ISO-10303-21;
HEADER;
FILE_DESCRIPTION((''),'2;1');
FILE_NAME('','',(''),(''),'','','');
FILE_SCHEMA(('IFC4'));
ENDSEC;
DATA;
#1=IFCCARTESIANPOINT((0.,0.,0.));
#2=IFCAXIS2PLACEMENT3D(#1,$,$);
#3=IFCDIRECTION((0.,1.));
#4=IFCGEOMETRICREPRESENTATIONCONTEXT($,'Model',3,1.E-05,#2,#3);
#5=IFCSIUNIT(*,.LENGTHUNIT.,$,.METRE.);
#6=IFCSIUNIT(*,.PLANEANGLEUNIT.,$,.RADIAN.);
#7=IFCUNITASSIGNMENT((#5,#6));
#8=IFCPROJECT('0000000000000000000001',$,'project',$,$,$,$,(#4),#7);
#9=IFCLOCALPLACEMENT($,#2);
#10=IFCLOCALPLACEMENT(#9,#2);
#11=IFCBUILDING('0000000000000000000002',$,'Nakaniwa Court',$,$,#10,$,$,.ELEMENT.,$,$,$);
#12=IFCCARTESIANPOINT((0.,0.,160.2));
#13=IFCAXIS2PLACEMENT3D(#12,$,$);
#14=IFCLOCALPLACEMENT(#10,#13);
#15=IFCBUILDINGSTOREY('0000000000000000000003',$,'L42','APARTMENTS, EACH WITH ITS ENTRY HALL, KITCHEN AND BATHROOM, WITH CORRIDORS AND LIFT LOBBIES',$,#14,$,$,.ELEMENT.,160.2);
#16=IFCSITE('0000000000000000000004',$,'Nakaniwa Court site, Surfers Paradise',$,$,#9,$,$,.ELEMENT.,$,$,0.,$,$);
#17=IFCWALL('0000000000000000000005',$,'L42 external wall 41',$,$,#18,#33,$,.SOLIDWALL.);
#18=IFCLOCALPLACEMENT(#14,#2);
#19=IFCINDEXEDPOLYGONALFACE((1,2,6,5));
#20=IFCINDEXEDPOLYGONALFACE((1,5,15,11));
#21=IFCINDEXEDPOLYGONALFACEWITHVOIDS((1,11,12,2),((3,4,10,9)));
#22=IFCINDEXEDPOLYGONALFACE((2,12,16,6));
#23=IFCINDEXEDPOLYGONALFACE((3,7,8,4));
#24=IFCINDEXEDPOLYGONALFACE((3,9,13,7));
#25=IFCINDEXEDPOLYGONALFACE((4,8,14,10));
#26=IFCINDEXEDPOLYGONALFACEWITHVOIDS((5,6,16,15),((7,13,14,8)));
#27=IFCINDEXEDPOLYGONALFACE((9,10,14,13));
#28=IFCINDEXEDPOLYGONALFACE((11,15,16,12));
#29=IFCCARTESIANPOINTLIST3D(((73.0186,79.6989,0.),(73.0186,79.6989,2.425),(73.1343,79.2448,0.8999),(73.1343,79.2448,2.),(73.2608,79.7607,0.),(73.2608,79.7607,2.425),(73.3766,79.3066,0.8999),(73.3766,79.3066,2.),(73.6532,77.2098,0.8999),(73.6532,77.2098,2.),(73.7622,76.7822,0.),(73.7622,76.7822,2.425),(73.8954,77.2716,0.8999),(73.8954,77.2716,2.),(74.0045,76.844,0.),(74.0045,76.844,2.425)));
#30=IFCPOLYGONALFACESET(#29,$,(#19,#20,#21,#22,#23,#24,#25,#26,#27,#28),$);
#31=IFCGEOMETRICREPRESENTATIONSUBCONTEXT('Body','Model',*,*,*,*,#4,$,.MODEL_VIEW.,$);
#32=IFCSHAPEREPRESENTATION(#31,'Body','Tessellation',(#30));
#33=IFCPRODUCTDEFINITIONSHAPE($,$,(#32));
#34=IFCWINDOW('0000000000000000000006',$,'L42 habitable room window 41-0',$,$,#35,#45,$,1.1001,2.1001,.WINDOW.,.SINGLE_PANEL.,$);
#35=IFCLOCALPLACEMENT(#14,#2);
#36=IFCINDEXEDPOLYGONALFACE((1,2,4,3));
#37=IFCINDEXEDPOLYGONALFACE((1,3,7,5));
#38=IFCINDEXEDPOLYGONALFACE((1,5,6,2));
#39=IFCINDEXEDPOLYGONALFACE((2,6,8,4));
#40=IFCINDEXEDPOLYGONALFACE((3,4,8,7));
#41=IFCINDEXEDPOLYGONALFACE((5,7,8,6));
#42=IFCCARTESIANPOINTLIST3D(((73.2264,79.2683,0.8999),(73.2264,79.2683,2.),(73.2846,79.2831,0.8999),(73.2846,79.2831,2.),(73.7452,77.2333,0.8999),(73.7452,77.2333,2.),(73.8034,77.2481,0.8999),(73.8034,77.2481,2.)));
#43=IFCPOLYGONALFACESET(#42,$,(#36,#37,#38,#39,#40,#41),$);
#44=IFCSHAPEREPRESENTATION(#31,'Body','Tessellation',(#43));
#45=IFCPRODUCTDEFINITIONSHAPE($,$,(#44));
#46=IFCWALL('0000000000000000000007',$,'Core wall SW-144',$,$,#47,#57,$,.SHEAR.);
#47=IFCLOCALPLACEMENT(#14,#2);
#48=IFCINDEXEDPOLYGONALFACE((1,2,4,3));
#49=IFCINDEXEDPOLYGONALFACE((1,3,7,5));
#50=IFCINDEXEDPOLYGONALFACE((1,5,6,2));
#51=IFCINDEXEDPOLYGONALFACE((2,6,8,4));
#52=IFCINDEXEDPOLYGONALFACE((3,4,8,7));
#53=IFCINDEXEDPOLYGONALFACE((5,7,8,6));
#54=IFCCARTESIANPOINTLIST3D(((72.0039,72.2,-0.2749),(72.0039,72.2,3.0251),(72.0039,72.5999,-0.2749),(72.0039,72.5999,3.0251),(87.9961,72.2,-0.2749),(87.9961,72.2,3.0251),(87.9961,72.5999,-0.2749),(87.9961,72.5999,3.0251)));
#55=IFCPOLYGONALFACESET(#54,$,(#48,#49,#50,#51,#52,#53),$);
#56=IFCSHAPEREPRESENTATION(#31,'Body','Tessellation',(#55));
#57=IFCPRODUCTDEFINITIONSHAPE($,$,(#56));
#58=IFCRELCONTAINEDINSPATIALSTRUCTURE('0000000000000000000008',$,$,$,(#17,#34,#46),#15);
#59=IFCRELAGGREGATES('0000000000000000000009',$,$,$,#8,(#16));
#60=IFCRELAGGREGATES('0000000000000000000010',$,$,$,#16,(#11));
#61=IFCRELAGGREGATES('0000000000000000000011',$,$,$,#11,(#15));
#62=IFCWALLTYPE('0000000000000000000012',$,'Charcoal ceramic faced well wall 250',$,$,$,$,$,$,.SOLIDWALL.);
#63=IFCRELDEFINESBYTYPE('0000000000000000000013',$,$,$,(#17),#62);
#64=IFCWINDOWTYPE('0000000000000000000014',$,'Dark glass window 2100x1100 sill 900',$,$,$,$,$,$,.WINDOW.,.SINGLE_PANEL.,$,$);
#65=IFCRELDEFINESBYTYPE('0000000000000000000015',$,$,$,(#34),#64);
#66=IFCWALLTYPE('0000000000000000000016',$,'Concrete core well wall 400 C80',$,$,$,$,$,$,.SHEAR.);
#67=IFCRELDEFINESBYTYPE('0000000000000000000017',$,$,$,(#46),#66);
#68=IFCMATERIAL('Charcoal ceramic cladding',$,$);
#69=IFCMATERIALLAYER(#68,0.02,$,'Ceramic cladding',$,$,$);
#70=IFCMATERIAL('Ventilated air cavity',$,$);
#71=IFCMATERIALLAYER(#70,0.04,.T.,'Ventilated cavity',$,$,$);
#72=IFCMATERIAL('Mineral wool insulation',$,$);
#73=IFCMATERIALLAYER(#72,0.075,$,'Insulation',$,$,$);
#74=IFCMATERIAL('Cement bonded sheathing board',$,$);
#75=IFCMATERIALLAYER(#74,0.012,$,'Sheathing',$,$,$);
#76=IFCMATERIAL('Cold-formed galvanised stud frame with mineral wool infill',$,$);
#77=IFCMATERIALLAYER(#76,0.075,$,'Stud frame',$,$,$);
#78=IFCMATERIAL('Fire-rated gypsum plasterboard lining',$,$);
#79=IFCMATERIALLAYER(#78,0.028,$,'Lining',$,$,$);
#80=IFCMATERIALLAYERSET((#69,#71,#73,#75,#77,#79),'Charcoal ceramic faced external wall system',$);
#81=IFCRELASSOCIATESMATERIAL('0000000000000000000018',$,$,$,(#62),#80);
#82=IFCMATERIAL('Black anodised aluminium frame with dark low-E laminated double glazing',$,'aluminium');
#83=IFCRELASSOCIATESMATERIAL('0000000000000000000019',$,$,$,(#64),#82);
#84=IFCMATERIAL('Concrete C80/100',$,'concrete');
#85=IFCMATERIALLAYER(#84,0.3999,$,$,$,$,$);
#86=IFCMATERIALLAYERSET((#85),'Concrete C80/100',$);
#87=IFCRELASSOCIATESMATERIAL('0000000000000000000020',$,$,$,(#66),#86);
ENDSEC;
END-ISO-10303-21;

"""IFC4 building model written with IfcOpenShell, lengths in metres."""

from ifc_helpers import new_model, si_unit, direction, frame, frame_2d, origin, place, context, subcontext, project, spatial, rectangle, extrude, material, layer, layer_set, type_object, element, fill, save


model = new_model("IFC4")

# Units and contexts
model_context = context("Model", 3, precision=1e-05, world=origin(), true_north=direction((0.0, 1.0)))
body_context = subcontext(model_context, "Body", "Model", "MODEL_VIEW")
ifc_project = project(units=[si_unit("LENGTHUNIT", "METRE"), si_unit("PLANEANGLEUNIT", "RADIAN")], contexts=[model_context])

# Site, building, storey
site_placement = place(None, origin())
site = spatial("IfcSite", under=ifc_project, at=site_placement, Name="Nakaniwa Court site, Surfers Paradise", CompositionType="ELEMENT", RefElevation=0.0)
building_placement = place(site_placement, origin())
building = spatial("IfcBuilding", under=site, at=building_placement, Name="Nakaniwa Court", CompositionType="ELEMENT")
storey_placement = place(building_placement, frame((0.0, 0.0, 160.2)))
storey = spatial("IfcBuildingStorey", under=building, at=storey_placement, Name="L42", Description="APARTMENTS, EACH WITH ITS ENTRY HALL, KITCHEN AND BATHROOM, WITH CORRIDORS AND LIFT LOBBIES", CompositionType="ELEMENT", Elevation=160.2)

# Shared definitions
ifc_material_1 = material(Name="Concrete C80/100", Category="concrete")

# Wall, opening, window
ifc_material_2 = material(Name="Charcoal ceramic cladding")
ifc_layer_1 = layer(ifc_material_2, 0.02, Name="Ceramic cladding")
ifc_material_3 = material(Name="Ventilated air cavity")
ifc_layer_2 = layer(ifc_material_3, 0.04, ventilated=True, Name="Ventilated cavity")
ifc_material_4 = material(Name="Mineral wool insulation")
ifc_layer_3 = layer(ifc_material_4, 0.075, Name="Insulation")
ifc_material_5 = material(Name="Cement bonded sheathing board")
ifc_layer_4 = layer(ifc_material_5, 0.012, Name="Sheathing")
ifc_material_6 = material(Name="Cold-formed galvanised stud frame with mineral wool infill")
ifc_layer_5 = layer(ifc_material_6, 0.075, Name="Stud frame")
ifc_material_7 = material(Name="Fire-rated gypsum plasterboard lining")
ifc_layer_6 = layer(ifc_material_7, 0.028, Name="Lining")
ifc_layer_set_1 = layer_set([ifc_layer_1, ifc_layer_2, ifc_layer_3, ifc_layer_4, ifc_layer_5, ifc_layer_6], Name="Charcoal ceramic faced external wall system")
wall_type_1 = type_object("IfcWallType", Name="Charcoal ceramic faced well wall 250", PredefinedType="SOLIDWALL", material=ifc_layer_set_1)
ifc_material_8 = material(Name="Black anodised aluminium frame with dark low-E laminated double glazing", Category="aluminium")
window_type = type_object("IfcWindowType", Name="Dark glass window 2100x1100 sill 900", PartitioningType="SINGLE_PANEL", PredefinedType="WINDOW", material=ifc_material_8)
wall_1_placement = place(storey_placement, frame((73.8833, 76.8132, 0.0), z_axis=(0.0, 0.0, 1.0), x_axis=(-0.247056, 0.969001, 0.0)))
wall_1 = element("IfcWall", 1, at=wall_1_placement, inside=storey, type_object=wall_type_1, Name="L42 external wall 41", PredefinedType="SOLIDWALL", context=body_context, shape_type="SweptSolid", body=[
    extrude(rectangle(XDim=3.01, YDim=0.25, at=frame_2d((1.5049, 0.0))), origin(), (0.0, 0.0, 1.0), 2.425),
])
opening_1_placement = place(wall_1_placement, frame((0.4412, 0.0, 0.8999)))
opening_1 = element("IfcOpeningElement", 2, at=opening_1_placement, cuts=wall_1, PredefinedType="OPENING", context=body_context, shape_type="SweptSolid", body=[
    extrude(rectangle(XDim=2.1001, YDim=1.1001, at=frame_2d((1.05, 0.55))), frame((0.0, 0.135, 0.0), z_axis=(0.0, -1.0, 0.0), x_axis=(1.0, 0.0, 0.0)), (0.0, 0.0, 1.0), 0.27),
])
window_1_placement = place(opening_1_placement, origin())
window_1 = element("IfcWindow", 3, at=window_1_placement, inside=storey, type_object=window_type, Name="L42 habitable room window 41-0", OverallHeight=1.1001, OverallWidth=2.1001, PartitioningType="SINGLE_PANEL", PredefinedType="WINDOW", context=body_context, shape_type="SweptSolid", body=[
    extrude(rectangle(XDim=2.1001, YDim=1.1001, at=frame_2d((1.05, 0.55))), frame((0.0, 0.03, 0.0), z_axis=(0.0, -1.0, 0.0), x_axis=(1.0, 0.0, 0.0)), (0.0, 0.0, 1.0), 0.0601),
])
fill(opening_1, window_1)

# Wall
ifc_layer_7 = layer(ifc_material_1, 0.3999)
ifc_layer_set_2 = layer_set([ifc_layer_7], Name="Concrete C80/100")
wall_type_2 = type_object("IfcWallType", Name="Concrete core well wall 400 C80", PredefinedType="SHEAR", material=ifc_layer_set_2)
wall_2_placement = place(storey_placement, frame((72.0039, 72.3999, -0.2749), z_axis=(0.0, 0.0, 1.0), x_axis=(1.0, 0.0, 0.0)))
element("IfcWall", 4, at=wall_2_placement, inside=storey, type_object=wall_type_2, Name="Core wall SW-144", PredefinedType="SHEAR", context=body_context, shape_type="SweptSolid", body=[
    extrude(rectangle(XDim=15.9922, YDim=0.3999, at=frame_2d((7.9961, 0.0))), origin(), (0.0, 0.0, 1.0), 3.3),
])

save(model, "model.ifc")
